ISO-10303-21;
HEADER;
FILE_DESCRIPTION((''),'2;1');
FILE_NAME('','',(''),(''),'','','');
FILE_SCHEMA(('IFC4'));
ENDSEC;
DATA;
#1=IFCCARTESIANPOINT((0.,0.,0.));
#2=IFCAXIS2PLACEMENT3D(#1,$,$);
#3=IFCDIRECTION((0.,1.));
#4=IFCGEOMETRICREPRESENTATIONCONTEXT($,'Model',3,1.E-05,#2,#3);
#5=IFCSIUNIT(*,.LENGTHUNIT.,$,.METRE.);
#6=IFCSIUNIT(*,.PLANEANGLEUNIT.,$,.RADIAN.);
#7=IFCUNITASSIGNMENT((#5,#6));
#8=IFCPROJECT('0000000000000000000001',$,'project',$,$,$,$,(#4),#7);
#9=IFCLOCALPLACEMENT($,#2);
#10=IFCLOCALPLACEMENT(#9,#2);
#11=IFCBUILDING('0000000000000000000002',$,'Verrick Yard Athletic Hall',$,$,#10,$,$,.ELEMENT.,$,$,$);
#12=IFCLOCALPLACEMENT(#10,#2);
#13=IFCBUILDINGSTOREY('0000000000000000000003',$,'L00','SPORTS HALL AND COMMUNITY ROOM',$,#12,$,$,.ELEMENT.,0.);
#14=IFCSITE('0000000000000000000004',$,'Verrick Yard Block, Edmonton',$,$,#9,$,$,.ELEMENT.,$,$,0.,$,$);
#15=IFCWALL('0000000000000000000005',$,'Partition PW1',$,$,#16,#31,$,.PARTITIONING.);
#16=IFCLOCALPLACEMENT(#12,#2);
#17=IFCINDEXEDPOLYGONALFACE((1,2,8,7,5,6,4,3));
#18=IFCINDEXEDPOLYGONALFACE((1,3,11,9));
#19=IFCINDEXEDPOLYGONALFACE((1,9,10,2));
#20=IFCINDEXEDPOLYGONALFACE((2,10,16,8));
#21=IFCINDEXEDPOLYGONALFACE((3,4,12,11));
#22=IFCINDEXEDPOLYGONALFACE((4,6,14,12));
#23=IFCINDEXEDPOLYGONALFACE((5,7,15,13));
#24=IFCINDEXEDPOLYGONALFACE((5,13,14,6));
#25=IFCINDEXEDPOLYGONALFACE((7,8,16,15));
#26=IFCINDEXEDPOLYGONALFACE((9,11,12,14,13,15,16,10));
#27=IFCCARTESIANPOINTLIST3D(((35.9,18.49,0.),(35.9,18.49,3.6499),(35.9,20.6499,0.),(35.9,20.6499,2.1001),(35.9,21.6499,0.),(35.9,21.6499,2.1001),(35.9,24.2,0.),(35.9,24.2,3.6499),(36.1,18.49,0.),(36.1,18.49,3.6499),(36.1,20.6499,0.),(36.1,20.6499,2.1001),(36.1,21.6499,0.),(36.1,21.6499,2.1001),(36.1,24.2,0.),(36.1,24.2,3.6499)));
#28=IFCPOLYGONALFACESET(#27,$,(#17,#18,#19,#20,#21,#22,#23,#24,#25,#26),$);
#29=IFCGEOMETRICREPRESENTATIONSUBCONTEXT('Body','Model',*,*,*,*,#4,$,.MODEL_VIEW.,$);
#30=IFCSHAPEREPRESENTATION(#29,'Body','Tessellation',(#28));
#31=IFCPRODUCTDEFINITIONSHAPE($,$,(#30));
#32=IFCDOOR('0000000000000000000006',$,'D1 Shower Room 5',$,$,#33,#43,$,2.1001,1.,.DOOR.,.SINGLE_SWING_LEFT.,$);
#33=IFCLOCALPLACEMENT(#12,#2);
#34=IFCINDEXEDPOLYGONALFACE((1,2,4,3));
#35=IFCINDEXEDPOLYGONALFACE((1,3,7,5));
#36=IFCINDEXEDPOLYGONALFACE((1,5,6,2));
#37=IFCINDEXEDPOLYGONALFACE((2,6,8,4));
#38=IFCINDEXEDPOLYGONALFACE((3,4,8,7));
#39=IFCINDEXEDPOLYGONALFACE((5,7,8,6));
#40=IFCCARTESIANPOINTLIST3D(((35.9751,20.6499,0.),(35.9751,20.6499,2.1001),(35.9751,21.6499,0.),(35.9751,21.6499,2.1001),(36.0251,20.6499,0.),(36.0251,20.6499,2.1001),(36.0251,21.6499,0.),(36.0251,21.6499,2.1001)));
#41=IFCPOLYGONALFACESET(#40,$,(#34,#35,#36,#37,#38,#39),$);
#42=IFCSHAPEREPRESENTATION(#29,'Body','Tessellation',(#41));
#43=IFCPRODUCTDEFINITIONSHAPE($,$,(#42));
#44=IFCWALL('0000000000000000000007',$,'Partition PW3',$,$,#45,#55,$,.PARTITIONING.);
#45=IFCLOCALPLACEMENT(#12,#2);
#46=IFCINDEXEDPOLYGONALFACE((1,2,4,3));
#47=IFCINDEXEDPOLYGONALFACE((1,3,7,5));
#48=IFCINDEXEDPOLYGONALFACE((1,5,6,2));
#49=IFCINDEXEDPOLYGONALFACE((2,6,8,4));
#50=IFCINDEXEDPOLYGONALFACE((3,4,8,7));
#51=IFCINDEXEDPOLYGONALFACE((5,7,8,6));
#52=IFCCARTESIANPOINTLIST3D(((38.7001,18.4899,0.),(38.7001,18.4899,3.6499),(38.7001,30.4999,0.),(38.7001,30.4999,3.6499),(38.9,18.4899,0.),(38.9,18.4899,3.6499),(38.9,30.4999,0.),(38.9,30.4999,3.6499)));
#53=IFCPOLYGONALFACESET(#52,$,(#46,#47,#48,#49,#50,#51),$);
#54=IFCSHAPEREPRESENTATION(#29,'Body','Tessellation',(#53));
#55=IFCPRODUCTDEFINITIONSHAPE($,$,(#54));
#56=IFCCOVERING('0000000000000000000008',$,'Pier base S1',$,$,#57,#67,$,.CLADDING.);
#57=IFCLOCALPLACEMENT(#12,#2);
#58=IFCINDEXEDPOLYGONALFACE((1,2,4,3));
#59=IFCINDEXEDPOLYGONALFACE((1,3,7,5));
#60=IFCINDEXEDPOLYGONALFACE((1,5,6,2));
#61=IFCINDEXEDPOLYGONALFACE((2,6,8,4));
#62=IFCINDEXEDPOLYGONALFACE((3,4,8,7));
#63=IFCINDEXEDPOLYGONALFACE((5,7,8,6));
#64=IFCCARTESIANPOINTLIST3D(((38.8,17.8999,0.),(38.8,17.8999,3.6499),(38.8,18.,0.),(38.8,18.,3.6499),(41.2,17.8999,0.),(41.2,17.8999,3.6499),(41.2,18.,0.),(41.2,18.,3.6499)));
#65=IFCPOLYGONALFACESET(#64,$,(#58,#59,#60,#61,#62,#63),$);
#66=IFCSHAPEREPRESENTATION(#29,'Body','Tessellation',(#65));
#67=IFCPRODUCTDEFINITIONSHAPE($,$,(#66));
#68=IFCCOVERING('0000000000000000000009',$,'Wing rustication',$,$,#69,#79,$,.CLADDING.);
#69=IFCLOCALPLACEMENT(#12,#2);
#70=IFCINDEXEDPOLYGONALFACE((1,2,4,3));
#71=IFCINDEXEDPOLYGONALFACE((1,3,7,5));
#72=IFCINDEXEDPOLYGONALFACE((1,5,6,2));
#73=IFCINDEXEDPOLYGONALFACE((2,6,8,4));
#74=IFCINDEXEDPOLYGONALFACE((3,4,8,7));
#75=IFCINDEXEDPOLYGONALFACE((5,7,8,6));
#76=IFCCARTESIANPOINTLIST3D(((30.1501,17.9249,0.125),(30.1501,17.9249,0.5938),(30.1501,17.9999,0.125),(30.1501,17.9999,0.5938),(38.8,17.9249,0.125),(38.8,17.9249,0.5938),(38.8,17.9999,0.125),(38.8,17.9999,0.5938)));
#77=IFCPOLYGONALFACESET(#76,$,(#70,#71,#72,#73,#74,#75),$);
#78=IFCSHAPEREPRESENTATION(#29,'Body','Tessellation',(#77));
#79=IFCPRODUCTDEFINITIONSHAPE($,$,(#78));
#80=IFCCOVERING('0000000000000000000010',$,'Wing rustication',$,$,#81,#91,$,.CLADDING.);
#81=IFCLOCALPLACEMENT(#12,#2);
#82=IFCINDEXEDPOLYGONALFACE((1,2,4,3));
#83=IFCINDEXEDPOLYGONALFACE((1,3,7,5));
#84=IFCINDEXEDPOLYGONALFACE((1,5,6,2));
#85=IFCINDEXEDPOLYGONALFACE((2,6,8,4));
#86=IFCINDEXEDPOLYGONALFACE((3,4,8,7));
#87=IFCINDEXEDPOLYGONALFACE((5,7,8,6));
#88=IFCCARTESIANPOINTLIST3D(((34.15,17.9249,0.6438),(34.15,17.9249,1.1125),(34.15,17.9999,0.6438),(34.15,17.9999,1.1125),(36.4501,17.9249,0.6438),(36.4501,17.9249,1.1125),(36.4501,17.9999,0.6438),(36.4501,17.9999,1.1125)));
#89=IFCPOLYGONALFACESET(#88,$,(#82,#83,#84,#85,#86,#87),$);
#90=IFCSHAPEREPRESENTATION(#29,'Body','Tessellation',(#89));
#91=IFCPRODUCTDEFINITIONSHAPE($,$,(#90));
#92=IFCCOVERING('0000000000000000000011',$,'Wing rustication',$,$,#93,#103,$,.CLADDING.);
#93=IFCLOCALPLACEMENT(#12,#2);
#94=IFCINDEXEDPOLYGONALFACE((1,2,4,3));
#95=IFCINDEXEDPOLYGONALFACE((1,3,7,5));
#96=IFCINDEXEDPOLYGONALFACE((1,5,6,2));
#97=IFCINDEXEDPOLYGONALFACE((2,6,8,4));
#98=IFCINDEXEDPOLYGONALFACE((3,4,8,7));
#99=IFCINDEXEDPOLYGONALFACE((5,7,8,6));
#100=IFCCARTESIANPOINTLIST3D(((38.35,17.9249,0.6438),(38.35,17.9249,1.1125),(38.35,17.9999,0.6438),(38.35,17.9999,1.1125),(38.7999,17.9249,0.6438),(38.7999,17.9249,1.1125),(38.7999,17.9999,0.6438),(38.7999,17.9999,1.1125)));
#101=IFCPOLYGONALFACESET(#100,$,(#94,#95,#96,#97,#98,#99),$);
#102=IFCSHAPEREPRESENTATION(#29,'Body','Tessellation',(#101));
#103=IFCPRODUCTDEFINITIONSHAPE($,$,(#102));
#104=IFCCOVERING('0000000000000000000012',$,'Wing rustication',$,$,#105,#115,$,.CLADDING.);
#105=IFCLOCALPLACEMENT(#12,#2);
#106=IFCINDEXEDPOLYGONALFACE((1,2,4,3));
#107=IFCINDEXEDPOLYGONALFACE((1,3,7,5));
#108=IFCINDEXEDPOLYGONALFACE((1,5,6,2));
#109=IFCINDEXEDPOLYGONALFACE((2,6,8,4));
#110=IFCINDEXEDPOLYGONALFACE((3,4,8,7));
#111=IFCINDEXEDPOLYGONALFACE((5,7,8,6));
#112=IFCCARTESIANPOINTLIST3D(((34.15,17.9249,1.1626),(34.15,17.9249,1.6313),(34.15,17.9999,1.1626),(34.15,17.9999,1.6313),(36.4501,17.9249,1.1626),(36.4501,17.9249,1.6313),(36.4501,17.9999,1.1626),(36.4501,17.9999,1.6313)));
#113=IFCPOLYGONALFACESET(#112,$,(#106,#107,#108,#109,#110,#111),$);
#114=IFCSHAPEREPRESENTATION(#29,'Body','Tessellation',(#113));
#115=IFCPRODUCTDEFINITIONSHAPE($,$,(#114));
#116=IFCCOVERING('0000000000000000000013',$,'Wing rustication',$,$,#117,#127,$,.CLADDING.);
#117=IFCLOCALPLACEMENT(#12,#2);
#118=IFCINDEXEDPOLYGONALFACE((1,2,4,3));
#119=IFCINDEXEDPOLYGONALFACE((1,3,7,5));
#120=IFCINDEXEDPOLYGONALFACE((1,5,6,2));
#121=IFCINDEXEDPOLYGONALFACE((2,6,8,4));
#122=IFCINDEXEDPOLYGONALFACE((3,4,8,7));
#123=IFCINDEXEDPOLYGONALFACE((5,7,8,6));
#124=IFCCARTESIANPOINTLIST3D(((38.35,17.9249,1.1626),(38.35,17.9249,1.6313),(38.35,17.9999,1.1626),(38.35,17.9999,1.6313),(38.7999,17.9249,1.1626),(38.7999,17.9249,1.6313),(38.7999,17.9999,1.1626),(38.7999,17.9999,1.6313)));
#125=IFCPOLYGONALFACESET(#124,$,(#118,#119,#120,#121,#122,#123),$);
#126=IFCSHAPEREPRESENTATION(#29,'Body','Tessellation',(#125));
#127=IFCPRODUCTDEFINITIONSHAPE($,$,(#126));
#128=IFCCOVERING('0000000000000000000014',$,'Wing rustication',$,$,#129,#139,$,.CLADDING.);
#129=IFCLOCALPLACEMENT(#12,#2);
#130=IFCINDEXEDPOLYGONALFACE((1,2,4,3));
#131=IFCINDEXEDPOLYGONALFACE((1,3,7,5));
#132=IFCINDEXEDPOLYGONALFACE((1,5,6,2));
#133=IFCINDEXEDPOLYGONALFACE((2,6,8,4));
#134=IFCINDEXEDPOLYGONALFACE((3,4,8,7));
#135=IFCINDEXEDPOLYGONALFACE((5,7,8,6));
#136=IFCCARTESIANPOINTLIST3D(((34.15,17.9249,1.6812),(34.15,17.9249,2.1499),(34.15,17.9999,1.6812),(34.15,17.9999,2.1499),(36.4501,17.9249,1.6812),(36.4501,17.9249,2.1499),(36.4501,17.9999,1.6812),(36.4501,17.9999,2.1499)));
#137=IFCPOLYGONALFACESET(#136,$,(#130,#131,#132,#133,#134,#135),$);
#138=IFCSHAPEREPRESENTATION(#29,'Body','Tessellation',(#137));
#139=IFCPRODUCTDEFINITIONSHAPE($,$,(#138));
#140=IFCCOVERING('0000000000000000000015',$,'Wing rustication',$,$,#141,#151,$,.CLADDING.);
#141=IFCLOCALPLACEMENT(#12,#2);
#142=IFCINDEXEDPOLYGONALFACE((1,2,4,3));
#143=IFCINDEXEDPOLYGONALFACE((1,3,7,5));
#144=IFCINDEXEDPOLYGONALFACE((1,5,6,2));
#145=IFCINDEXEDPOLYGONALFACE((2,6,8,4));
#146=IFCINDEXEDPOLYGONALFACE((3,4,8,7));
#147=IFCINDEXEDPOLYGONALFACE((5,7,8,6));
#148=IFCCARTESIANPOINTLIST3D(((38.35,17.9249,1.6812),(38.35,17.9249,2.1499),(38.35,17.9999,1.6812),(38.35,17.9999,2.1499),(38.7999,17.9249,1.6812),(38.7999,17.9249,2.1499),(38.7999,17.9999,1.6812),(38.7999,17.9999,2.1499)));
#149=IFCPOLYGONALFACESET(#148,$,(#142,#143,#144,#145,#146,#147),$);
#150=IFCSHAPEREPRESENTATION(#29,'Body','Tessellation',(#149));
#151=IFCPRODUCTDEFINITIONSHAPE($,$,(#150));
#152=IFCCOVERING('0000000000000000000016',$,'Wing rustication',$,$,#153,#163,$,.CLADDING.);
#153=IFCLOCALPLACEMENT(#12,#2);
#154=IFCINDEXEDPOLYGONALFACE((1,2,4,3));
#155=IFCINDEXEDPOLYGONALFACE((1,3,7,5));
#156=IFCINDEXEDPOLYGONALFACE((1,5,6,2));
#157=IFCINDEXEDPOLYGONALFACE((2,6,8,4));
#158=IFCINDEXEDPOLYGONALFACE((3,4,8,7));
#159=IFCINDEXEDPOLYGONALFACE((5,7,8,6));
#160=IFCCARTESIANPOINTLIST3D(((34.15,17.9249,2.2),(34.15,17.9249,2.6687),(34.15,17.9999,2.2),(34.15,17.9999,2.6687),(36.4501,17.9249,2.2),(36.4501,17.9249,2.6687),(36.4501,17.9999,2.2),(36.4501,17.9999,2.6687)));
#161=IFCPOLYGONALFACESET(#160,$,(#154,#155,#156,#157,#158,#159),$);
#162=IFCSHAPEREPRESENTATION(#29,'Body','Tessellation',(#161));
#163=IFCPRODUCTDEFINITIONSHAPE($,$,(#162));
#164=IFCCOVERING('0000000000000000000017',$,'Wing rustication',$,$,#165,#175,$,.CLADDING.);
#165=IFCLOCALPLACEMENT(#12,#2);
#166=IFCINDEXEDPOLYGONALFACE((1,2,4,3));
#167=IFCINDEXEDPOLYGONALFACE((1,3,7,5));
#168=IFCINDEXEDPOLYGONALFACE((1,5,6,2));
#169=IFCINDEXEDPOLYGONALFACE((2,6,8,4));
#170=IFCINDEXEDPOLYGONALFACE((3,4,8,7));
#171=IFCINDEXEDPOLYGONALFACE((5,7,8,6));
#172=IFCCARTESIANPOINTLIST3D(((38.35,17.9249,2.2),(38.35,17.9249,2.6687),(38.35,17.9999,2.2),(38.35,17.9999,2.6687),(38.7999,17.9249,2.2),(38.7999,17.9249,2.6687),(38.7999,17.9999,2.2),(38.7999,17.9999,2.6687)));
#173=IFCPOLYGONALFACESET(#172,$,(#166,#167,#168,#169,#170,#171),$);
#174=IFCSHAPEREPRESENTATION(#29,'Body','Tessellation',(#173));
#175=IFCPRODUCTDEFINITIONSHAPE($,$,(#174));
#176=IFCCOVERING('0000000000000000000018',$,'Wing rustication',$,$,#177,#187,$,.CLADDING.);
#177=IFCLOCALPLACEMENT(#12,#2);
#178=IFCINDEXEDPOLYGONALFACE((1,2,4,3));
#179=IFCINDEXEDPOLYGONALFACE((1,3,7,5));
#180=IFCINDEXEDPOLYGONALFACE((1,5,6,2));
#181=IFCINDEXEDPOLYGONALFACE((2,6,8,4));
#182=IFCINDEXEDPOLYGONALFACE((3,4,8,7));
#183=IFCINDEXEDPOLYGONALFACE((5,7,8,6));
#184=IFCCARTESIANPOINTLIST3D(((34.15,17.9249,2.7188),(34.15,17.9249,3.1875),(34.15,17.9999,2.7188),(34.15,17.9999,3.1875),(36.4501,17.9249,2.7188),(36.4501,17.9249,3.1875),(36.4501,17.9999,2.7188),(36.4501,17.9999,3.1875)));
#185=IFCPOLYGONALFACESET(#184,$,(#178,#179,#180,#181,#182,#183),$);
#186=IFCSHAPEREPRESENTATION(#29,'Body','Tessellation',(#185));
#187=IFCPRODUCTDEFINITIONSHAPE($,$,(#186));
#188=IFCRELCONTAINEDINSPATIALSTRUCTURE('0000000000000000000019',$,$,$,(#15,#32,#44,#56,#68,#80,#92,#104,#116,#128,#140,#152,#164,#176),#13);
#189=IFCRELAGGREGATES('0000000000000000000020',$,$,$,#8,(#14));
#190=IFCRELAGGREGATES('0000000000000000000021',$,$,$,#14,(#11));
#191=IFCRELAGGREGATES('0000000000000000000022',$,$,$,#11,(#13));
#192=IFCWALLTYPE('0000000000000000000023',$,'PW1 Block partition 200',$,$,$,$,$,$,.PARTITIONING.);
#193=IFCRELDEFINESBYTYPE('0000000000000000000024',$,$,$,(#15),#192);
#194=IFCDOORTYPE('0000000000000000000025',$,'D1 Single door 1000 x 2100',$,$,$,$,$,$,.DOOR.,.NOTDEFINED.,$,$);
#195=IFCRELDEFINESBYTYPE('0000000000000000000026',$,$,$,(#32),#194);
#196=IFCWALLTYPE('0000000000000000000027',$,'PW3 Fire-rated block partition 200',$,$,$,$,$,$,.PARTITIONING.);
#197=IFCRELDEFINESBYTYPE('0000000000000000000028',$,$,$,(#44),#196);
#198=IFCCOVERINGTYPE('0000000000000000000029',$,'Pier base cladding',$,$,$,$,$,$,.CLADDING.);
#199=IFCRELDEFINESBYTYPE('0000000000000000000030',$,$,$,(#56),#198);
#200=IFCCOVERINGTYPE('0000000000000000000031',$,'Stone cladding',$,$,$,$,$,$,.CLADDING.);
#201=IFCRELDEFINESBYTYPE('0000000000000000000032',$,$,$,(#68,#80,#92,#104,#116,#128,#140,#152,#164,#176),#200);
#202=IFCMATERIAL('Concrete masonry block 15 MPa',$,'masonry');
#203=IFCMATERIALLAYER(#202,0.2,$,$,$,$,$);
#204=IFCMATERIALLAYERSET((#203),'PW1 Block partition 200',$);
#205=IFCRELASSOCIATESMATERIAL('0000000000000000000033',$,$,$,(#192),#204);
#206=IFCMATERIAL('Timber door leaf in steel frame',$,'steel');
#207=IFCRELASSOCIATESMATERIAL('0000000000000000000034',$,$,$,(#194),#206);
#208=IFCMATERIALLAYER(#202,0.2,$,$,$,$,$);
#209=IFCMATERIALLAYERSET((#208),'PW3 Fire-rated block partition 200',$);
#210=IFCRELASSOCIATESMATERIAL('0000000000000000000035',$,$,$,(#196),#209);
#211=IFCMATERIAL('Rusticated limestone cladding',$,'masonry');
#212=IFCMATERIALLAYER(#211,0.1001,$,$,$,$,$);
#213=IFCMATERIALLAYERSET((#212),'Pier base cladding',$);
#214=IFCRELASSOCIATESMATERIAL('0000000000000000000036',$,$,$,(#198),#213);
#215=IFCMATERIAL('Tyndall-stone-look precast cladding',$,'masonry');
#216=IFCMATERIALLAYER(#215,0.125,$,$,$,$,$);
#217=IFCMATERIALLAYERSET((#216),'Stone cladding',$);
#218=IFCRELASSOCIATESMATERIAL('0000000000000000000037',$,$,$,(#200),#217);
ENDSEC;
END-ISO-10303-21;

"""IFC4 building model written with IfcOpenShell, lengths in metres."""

from ifc_helpers import new_model, si_unit, direction, frame, frame_2d, origin, origin_2d, place, context, subcontext, project, spatial, rectangle, extrude, material, layer, layer_set, type_object, element, fill, save


model = new_model("IFC4")

# Units and contexts
model_context = context("Model", 3, precision=1e-05, world=origin(), true_north=direction((0.0, 1.0)))
body_context = subcontext(model_context, "Body", "Model", "MODEL_VIEW")
ifc_project = project(units=[si_unit("LENGTHUNIT", "METRE"), si_unit("PLANEANGLEUNIT", "RADIAN")], contexts=[model_context])

# Site, building, storey
site_placement = place(None, origin())
site = spatial("IfcSite", under=ifc_project, at=site_placement, Name="Verrick Yard Block, Edmonton", CompositionType="ELEMENT", RefElevation=0.0)
building_placement = place(site_placement, origin())
building = spatial("IfcBuilding", under=site, at=building_placement, Name="Verrick Yard Athletic Hall", CompositionType="ELEMENT")
storey_placement = place(building_placement, origin())
storey = spatial("IfcBuildingStorey", under=building, at=storey_placement, Name="L00", Description="SPORTS HALL AND COMMUNITY ROOM", CompositionType="ELEMENT", Elevation=0.0)

# Wall, opening, door
ifc_material_1 = material(Name="Concrete masonry block 15 MPa", Category="masonry")
ifc_layer_1 = layer(ifc_material_1, 0.2)
ifc_layer_set_1 = layer_set([ifc_layer_1], Name="PW1 Block partition 200")
wall_type_1 = type_object("IfcWallType", Name="PW1 Block partition 200", PredefinedType="PARTITIONING", material=ifc_layer_set_1)
wall_1_placement = place(storey_placement, frame((36.0, 18.49, 0.0), z_axis=(0.0, 0.0, 1.0), x_axis=(0.0, 1.0, 0.0)))
wall_1 = element("IfcWall", 1, at=wall_1_placement, inside=storey, type_object=wall_type_1, Name="Partition PW1", PredefinedType="PARTITIONING", context=body_context, shape_type="SweptSolid", body=[
    extrude(rectangle(XDim=5.71, YDim=0.2, at=frame_2d((2.855, 0.0))), origin(), (0.0, 0.0, 1.0), 3.6499),
])
opening_1_placement = place(wall_1_placement, frame((2.1599, 0.0, 0.0)))
opening_1 = element("IfcOpeningElement", 2, at=opening_1_placement, cuts=wall_1, PredefinedType="OPENING", context=body_context, shape_type="SweptSolid", body=[
    extrude(rectangle(XDim=1.0, YDim=2.1001, at=frame_2d((0.5, 1.05))), frame((0.0, 0.1099, 0.0), z_axis=(0.0, -1.0, 0.0), x_axis=(1.0, 0.0, 0.0)), (0.0, 0.0, 1.0), 0.22),
])
ifc_material_2 = material(Name="Timber door leaf in steel frame", Category="steel")
door_type_1 = type_object("IfcDoorType", Name="D1 Single door 1000 x 2100", OperationType="NOTDEFINED", PredefinedType="DOOR", material=ifc_material_2)
door_1_placement = place(opening_1_placement, origin())
door_1 = element("IfcDoor", 3, at=door_1_placement, inside=storey, type_object=door_type_1, Name="D1 Shower Room 5", OperationType="SINGLE_SWING_LEFT", OverallHeight=2.1001, OverallWidth=1.0, PredefinedType="DOOR", context=body_context, shape_type="SweptSolid", body=[
    extrude(rectangle(XDim=1.0, YDim=2.1001, at=frame_2d((0.5, 1.05))), frame((0.0, 0.0249, 0.0), z_axis=(0.0, -1.0, 0.0), x_axis=(1.0, 0.0, 0.0)), (0.0, 0.0, 1.0), 0.05),
])
fill(opening_1, door_1)

# Wall
ifc_layer_2 = layer(ifc_material_1, 0.2)
ifc_layer_set_2 = layer_set([ifc_layer_2], Name="PW3 Fire-rated block partition 200")
wall_type_2 = type_object("IfcWallType", Name="PW3 Fire-rated block partition 200", PredefinedType="PARTITIONING", material=ifc_layer_set_2)
wall_2_placement = place(storey_placement, frame((38.8, 18.49, 0.0), z_axis=(0.0, 0.0, 1.0), x_axis=(0.0, 1.0, 0.0)))
element("IfcWall", 4, at=wall_2_placement, inside=storey, type_object=wall_type_2, Name="Partition PW3", PredefinedType="PARTITIONING", context=body_context, shape_type="SweptSolid", body=[
    extrude(rectangle(XDim=12.01, YDim=0.2, at=frame_2d((6.0049, 0.0))), origin(), (0.0, 0.0, 1.0), 3.6499),
])

# Shared definitions
ifc_material_3 = material(Name="Rusticated limestone cladding", Category="masonry")

# Coverings
ifc_layer_3 = layer(ifc_material_3, 0.1001)
ifc_layer_set_3 = layer_set([ifc_layer_3], Name="Pier base cladding")
covering_type_1 = type_object("IfcCoveringType", Name="Pier base cladding", PredefinedType="CLADDING", material=ifc_layer_set_3)
covering_1_placement = place(storey_placement, frame((40.0, 17.95, 0.0), z_axis=(0.0, 0.0, 1.0), x_axis=(1.0, 0.0, 0.0)))
element("IfcCovering", 5, at=covering_1_placement, inside=storey, type_object=covering_type_1, Name="Pier base S1", PredefinedType="CLADDING", context=body_context, shape_type="SweptSolid", body=[
    extrude(rectangle(XDim=2.3999, YDim=0.1001, at=origin_2d()), origin(), (0.0, 0.0, 1.0), 3.6499),
])
ifc_material_4 = material(Name="Tyndall-stone-look precast cladding", Category="masonry")
ifc_layer_4 = layer(ifc_material_4, 0.125)
ifc_layer_set_4 = layer_set([ifc_layer_4], Name="Stone cladding")
covering_type_2 = type_object("IfcCoveringType", Name="Stone cladding", PredefinedType="CLADDING", material=ifc_layer_set_4)
covering_2_placement = place(storey_placement, frame((34.4751, 17.9624, 0.125), z_axis=(0.0, 0.0, 1.0), x_axis=(1.0, 0.0, 0.0)))
element("IfcCovering", 6, at=covering_2_placement, inside=storey, type_object=covering_type_2, Name="Wing rustication", PredefinedType="CLADDING", context=body_context, shape_type="SweptSolid", body=[
    extrude(rectangle(XDim=8.6499, YDim=0.075, at=origin_2d()), origin(), (0.0, 0.0, 1.0), 0.4688),
])
covering_3_placement = place(storey_placement, frame((35.3, 17.9624, 0.6438), z_axis=(0.0, 0.0, 1.0), x_axis=(1.0, 0.0, 0.0)))
element("IfcCovering", 7, at=covering_3_placement, inside=storey, type_object=covering_type_2, Name="Wing rustication", PredefinedType="CLADDING", context=body_context, shape_type="SweptSolid", body=[
    extrude(rectangle(XDim=2.3, YDim=0.075, at=origin_2d()), origin(), (0.0, 0.0, 1.0), 0.4688),
])
covering_4_placement = place(storey_placement, frame((38.575, 17.9624, 0.6438), z_axis=(0.0, 0.0, 1.0), x_axis=(1.0, 0.0, 0.0)))
element("IfcCovering", 8, at=covering_4_placement, inside=storey, type_object=covering_type_2, Name="Wing rustication", PredefinedType="CLADDING", context=body_context, shape_type="SweptSolid", body=[
    extrude(rectangle(XDim=0.45, YDim=0.075, at=origin_2d()), origin(), (0.0, 0.0, 1.0), 0.4688),
])
covering_5_placement = place(storey_placement, frame((35.3, 17.9624, 1.1626), z_axis=(0.0, 0.0, 1.0), x_axis=(1.0, 0.0, 0.0)))
element("IfcCovering", 9, at=covering_5_placement, inside=storey, type_object=covering_type_2, Name="Wing rustication", PredefinedType="CLADDING", context=body_context, shape_type="SweptSolid", body=[
    extrude(rectangle(XDim=2.3, YDim=0.075, at=origin_2d()), origin(), (0.0, 0.0, 1.0), 0.4688),
])
covering_6_placement = place(storey_placement, frame((38.575, 17.9624, 1.1626), z_axis=(0.0, 0.0, 1.0), x_axis=(1.0, 0.0, 0.0)))
element("IfcCovering", 10, at=covering_6_placement, inside=storey, type_object=covering_type_2, Name="Wing rustication", PredefinedType="CLADDING", context=body_context, shape_type="SweptSolid", body=[
    extrude(rectangle(XDim=0.45, YDim=0.075, at=origin_2d()), origin(), (0.0, 0.0, 1.0), 0.4688),
])
covering_7_placement = place(storey_placement, frame((35.3, 17.9624, 1.6812), z_axis=(0.0, 0.0, 1.0), x_axis=(1.0, 0.0, 0.0)))
element("IfcCovering", 11, at=covering_7_placement, inside=storey, type_object=covering_type_2, Name="Wing rustication", PredefinedType="CLADDING", context=body_context, shape_type="SweptSolid", body=[
    extrude(rectangle(XDim=2.3, YDim=0.075, at=origin_2d()), origin(), (0.0, 0.0, 1.0), 0.4688),
])
covering_8_placement = place(storey_placement, frame((38.575, 17.9624, 1.6812), z_axis=(0.0, 0.0, 1.0), x_axis=(1.0, 0.0, 0.0)))
element("IfcCovering", 12, at=covering_8_placement, inside=storey, type_object=covering_type_2, Name="Wing rustication", PredefinedType="CLADDING", context=body_context, shape_type="SweptSolid", body=[
    extrude(rectangle(XDim=0.45, YDim=0.075, at=origin_2d()), origin(), (0.0, 0.0, 1.0), 0.4688),
])
covering_9_placement = place(storey_placement, frame((35.3, 17.9624, 2.2), z_axis=(0.0, 0.0, 1.0), x_axis=(1.0, 0.0, 0.0)))
element("IfcCovering", 13, at=covering_9_placement, inside=storey, type_object=covering_type_2, Name="Wing rustication", PredefinedType="CLADDING", context=body_context, shape_type="SweptSolid", body=[
    extrude(rectangle(XDim=2.3, YDim=0.075, at=origin_2d()), origin(), (0.0, 0.0, 1.0), 0.4688),
])
covering_10_placement = place(storey_placement, frame((38.575, 17.9624, 2.2), z_axis=(0.0, 0.0, 1.0), x_axis=(1.0, 0.0, 0.0)))
element("IfcCovering", 14, at=covering_10_placement, inside=storey, type_object=covering_type_2, Name="Wing rustication", PredefinedType="CLADDING", context=body_context, shape_type="SweptSolid", body=[
    extrude(rectangle(XDim=0.45, YDim=0.075, at=origin_2d()), origin(), (0.0, 0.0, 1.0), 0.4688),
])
covering_11_placement = place(storey_placement, frame((35.3, 17.9624, 2.7188), z_axis=(0.0, 0.0, 1.0), x_axis=(1.0, 0.0, 0.0)))
element("IfcCovering", 15, at=covering_11_placement, inside=storey, type_object=covering_type_2, Name="Wing rustication", PredefinedType="CLADDING", context=body_context, shape_type="SweptSolid", body=[
    extrude(rectangle(XDim=2.3, YDim=0.075, at=origin_2d()), origin(), (0.0, 0.0, 1.0), 0.4688),
])

save(model, "model.ifc")
